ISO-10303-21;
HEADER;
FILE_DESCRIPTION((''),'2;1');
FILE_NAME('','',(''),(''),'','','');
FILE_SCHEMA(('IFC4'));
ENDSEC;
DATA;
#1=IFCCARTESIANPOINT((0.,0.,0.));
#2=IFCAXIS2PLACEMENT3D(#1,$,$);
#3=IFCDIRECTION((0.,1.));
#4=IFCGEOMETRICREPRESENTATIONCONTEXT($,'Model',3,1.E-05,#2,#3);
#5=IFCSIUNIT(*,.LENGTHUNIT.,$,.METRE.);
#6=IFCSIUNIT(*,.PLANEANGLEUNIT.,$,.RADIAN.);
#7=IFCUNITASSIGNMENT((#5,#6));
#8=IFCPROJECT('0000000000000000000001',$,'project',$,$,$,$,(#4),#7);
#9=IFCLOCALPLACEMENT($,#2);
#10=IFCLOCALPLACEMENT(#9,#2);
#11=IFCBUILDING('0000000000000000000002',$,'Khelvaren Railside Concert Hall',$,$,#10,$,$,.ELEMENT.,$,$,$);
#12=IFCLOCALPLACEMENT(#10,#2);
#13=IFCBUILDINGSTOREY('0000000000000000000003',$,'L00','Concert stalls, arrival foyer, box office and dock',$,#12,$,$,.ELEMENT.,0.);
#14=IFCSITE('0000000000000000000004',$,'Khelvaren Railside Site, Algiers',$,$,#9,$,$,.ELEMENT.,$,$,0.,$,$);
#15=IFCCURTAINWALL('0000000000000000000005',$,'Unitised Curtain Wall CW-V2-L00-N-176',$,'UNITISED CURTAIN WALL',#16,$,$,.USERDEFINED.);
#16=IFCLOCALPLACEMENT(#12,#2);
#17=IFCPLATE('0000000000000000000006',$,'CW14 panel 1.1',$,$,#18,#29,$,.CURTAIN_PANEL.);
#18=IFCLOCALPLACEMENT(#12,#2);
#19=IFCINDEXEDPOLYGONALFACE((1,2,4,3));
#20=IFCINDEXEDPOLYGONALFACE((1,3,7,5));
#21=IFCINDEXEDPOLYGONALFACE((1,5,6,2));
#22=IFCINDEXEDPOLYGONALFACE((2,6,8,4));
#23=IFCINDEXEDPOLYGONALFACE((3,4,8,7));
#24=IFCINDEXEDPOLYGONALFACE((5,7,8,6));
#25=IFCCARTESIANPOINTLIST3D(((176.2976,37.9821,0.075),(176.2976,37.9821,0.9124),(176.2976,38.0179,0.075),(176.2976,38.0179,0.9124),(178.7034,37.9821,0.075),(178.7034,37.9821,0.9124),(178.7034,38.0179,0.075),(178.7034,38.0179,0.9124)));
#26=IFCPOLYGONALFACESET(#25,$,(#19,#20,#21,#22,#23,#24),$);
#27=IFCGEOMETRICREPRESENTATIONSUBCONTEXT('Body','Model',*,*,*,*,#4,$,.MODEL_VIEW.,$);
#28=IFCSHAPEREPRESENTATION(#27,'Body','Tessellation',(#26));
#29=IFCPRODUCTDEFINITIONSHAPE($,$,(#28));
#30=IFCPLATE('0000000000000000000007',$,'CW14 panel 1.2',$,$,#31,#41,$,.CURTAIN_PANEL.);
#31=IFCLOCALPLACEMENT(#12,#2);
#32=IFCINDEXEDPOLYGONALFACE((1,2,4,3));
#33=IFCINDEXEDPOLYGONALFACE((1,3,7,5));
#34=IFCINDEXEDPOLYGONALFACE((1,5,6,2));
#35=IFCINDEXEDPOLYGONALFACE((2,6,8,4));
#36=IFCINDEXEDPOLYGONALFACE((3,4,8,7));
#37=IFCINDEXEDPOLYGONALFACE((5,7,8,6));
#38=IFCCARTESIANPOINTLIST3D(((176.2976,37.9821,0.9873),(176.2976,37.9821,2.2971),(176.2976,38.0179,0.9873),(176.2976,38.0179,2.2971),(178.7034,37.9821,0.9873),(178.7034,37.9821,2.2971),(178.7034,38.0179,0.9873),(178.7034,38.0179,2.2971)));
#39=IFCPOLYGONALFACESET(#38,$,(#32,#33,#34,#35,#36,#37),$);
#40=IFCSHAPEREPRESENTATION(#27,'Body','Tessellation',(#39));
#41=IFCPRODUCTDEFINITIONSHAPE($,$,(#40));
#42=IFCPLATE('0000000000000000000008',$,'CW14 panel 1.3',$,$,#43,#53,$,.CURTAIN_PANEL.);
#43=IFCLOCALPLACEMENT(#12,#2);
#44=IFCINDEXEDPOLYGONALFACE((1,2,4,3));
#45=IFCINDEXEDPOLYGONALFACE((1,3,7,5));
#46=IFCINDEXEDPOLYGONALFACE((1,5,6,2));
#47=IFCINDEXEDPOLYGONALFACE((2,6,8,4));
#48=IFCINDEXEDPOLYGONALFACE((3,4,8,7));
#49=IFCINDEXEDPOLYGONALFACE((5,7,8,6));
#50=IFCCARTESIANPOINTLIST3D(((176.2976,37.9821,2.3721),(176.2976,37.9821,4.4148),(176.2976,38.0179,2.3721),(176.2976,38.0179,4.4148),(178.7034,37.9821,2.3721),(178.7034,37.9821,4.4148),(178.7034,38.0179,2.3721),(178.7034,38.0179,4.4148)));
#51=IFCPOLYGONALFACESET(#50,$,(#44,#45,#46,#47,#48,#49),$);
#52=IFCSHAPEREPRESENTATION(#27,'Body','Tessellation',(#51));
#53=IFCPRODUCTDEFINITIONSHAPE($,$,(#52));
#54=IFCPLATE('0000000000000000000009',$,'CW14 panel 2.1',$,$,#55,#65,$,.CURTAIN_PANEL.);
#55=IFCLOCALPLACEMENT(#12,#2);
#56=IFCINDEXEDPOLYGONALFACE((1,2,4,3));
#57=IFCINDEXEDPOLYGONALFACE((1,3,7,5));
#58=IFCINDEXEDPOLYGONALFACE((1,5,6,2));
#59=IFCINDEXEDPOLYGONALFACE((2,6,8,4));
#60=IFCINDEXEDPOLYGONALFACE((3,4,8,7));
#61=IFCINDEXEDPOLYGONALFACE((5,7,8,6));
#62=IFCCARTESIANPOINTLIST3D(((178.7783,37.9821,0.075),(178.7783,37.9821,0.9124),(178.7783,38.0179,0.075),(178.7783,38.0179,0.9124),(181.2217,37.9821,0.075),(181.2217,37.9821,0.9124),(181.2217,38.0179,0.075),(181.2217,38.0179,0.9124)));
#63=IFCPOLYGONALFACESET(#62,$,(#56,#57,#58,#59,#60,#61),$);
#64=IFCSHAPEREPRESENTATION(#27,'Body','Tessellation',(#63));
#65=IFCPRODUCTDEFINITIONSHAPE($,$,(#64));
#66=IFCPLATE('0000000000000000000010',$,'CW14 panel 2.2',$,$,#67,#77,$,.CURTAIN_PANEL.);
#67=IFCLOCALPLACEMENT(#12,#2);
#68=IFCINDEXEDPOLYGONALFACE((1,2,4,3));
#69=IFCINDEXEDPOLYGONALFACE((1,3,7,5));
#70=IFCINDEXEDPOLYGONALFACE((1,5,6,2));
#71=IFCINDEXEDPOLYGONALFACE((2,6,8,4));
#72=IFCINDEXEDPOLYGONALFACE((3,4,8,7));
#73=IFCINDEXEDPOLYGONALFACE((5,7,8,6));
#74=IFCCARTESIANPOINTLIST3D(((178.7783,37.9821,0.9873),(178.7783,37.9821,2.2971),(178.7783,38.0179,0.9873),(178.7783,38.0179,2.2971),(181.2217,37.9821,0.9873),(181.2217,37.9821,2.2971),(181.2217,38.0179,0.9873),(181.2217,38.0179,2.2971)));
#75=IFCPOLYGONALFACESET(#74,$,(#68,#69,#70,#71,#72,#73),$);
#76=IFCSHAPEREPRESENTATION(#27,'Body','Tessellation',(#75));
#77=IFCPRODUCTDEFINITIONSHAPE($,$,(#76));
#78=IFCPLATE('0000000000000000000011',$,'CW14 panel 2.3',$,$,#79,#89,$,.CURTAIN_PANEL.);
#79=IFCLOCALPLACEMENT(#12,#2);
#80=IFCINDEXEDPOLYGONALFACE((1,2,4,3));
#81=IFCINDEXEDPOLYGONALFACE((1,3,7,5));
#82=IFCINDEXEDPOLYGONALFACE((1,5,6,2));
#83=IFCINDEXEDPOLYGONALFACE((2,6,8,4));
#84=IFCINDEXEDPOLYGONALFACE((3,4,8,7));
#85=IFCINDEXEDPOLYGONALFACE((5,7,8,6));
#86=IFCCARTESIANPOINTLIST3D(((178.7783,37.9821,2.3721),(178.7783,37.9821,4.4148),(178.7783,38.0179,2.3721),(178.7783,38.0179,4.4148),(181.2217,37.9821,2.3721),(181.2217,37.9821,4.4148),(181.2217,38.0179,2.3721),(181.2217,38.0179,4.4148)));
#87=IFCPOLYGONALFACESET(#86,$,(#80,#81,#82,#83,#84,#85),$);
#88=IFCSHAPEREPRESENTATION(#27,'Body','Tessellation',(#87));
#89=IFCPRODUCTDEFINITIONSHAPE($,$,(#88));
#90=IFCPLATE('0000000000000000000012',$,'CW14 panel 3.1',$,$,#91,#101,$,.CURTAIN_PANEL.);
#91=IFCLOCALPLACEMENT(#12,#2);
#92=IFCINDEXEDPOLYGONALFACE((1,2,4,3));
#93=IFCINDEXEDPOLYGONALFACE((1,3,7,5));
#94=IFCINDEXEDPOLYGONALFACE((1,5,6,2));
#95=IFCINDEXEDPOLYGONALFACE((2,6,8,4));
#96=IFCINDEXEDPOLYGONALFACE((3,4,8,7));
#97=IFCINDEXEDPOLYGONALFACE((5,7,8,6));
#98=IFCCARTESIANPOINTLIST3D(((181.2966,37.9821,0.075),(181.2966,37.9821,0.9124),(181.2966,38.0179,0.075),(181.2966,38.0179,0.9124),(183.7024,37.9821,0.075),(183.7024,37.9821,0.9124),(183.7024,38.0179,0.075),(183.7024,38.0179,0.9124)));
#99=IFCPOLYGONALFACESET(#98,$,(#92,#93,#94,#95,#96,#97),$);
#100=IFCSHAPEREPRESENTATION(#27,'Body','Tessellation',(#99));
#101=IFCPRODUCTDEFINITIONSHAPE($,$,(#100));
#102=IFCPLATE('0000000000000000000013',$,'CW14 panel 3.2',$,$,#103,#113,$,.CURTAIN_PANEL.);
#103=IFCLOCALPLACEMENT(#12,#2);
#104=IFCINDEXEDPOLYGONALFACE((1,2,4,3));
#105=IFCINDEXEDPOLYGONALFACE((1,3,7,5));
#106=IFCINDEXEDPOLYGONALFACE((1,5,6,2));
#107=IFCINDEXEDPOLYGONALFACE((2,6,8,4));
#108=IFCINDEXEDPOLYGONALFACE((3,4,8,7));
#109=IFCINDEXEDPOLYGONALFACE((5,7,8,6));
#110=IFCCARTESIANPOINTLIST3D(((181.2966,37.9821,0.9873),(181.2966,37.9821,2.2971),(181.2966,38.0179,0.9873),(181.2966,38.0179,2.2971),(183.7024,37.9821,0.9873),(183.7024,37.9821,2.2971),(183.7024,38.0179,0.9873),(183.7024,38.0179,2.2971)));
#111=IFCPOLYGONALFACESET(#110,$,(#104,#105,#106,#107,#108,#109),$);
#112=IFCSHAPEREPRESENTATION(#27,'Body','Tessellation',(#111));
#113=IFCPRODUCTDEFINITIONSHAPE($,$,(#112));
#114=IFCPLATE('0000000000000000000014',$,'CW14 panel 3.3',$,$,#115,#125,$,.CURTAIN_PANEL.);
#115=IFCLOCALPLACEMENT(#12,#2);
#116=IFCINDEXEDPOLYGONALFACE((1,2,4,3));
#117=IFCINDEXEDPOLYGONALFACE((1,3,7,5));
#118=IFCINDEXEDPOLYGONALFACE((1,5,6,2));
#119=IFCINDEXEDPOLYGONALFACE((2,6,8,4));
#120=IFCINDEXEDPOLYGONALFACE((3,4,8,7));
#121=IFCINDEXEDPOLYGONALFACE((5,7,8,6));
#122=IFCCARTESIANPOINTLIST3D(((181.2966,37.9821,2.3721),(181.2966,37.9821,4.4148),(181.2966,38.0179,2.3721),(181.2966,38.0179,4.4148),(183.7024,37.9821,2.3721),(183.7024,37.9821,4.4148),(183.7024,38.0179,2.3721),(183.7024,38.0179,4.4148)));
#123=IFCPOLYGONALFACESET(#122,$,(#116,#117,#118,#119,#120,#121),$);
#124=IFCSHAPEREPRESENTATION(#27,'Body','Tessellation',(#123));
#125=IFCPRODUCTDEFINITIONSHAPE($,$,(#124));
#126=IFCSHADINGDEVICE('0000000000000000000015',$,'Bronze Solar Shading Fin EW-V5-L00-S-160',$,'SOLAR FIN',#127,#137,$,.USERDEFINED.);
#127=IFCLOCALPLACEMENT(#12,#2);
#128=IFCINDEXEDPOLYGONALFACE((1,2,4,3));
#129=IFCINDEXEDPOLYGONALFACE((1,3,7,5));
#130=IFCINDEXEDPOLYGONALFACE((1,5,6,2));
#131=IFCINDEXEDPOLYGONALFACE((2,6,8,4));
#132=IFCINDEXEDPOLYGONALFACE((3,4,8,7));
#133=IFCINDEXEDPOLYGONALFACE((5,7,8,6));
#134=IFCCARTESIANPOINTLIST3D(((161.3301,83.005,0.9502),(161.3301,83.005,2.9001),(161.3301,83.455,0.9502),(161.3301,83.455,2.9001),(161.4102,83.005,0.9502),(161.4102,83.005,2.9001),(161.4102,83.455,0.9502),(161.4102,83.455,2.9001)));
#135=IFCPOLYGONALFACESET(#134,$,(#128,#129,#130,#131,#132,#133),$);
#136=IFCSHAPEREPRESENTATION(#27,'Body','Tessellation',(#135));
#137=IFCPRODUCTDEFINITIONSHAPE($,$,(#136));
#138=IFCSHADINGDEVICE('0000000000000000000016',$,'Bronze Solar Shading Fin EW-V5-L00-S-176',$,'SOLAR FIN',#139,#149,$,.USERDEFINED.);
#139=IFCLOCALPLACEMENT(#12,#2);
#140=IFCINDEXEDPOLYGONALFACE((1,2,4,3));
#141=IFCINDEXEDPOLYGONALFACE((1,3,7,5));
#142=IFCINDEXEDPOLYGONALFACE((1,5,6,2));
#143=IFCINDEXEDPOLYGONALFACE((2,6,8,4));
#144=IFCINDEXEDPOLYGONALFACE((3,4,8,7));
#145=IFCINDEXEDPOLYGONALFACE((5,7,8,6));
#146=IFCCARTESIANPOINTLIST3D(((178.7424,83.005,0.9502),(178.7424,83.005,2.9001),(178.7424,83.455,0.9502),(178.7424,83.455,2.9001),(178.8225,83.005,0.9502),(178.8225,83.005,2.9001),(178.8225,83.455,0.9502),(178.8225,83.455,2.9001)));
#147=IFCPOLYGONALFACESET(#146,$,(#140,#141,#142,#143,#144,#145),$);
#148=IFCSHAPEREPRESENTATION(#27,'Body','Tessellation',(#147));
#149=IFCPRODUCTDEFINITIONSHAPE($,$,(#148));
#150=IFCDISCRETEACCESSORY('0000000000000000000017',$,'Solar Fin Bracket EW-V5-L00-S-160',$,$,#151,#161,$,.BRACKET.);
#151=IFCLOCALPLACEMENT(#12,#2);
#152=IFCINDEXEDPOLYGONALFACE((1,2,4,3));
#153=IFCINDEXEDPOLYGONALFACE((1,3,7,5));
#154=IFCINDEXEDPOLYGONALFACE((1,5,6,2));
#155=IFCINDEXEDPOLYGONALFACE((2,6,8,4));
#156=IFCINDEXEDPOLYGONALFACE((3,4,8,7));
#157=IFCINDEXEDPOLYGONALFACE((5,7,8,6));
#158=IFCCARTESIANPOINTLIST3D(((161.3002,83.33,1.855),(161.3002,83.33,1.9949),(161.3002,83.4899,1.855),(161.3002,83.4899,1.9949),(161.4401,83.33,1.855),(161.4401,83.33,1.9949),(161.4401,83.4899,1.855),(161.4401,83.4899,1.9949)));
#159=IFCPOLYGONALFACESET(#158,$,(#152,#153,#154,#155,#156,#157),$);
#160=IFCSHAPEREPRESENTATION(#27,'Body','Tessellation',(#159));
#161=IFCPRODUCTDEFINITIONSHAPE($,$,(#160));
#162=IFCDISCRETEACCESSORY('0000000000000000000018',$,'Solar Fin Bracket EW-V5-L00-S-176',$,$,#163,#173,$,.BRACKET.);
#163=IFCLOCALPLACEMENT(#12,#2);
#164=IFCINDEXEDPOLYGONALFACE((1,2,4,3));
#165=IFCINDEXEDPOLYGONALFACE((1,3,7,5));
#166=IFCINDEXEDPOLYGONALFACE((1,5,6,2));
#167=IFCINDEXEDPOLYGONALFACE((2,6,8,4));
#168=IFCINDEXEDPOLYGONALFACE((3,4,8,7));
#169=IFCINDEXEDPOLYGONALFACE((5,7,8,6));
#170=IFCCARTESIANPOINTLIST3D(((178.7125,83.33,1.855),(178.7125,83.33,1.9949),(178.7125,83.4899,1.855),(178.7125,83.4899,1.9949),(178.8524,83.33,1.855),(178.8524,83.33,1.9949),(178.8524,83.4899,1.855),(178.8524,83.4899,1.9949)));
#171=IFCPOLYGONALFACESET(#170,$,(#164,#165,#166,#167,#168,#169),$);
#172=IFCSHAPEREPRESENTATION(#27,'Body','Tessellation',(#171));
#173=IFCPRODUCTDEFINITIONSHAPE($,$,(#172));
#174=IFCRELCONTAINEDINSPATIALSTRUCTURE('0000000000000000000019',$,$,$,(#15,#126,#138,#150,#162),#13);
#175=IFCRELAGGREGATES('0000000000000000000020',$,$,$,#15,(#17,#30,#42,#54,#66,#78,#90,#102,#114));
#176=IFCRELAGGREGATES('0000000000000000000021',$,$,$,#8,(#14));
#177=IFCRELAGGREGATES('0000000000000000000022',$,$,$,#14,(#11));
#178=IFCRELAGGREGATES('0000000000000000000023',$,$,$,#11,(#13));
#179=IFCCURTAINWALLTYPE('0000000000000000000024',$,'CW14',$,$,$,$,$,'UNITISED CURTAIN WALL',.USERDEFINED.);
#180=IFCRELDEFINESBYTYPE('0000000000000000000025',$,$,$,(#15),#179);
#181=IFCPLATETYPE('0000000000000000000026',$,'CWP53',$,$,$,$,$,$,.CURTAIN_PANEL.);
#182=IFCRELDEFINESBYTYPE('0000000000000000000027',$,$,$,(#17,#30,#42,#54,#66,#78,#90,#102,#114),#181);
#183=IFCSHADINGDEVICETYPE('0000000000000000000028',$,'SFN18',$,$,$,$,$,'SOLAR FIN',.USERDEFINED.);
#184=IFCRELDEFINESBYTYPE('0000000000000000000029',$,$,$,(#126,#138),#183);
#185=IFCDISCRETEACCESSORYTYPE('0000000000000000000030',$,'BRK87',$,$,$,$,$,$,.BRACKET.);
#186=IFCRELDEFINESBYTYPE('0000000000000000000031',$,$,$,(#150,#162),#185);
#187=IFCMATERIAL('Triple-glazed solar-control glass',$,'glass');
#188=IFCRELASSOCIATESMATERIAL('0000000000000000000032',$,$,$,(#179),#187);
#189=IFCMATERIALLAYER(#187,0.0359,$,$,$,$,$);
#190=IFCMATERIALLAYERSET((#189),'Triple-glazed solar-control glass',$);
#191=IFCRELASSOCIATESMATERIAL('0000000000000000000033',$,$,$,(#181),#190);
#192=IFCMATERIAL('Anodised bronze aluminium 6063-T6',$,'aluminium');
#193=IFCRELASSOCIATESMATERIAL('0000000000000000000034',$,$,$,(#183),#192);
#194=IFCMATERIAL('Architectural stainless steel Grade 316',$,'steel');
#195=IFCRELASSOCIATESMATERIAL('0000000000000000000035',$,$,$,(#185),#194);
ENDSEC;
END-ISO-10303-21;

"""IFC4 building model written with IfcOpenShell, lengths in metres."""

from ifc_helpers import new_model, si_unit, direction, frame, origin, origin_2d, place, context, subcontext, project, spatial, rectangle, extrude, material, layer, layer_set, type_object, element, aggregate, save


model = new_model("IFC4")

# Units and contexts
model_context = context("Model", 3, precision=1e-05, world=origin(), true_north=direction((0.0, 1.0)))
body_context = subcontext(model_context, "Body", "Model", "MODEL_VIEW")
ifc_project = project(units=[si_unit("LENGTHUNIT", "METRE"), si_unit("PLANEANGLEUNIT", "RADIAN")], contexts=[model_context])

# Site, building, storey
site_placement = place(None, origin())
site = spatial("IfcSite", under=ifc_project, at=site_placement, Name="Khelvaren Railside Site, Algiers", CompositionType="ELEMENT", RefElevation=0.0)
building_placement = place(site_placement, origin())
building = spatial("IfcBuilding", under=site, at=building_placement, Name="Khelvaren Railside Concert Hall", CompositionType="ELEMENT")
storey_placement = place(building_placement, origin())
storey = spatial("IfcBuildingStorey", under=building, at=storey_placement, Name="L00", Description="Concert stalls, arrival foyer, box office and dock", CompositionType="ELEMENT", Elevation=0.0)

# Curtain wall
ifc_material_1 = material(Name="Triple-glazed solar-control glass", Category="glass")
curtain_wall_type = type_object("IfcCurtainWallType", Name="CW14", ElementType="UNITISED CURTAIN WALL", PredefinedType="USERDEFINED", material=ifc_material_1)
curtain_wall_placement = place(storey_placement, origin())
curtain_wall = element("IfcCurtainWall", 1, at=curtain_wall_placement, inside=storey, type_object=curtain_wall_type, Name="Unitised Curtain Wall CW-V2-L00-N-176", ObjectType="UNITISED CURTAIN WALL", PredefinedType="USERDEFINED")

# Plates
ifc_layer = layer(ifc_material_1, 0.0359)
ifc_layer_set = layer_set([ifc_layer], Name="Triple-glazed solar-control glass")
plate_type = type_object("IfcPlateType", Name="CWP53", PredefinedType="CURTAIN_PANEL", material=ifc_layer_set)
plate_1_placement = place(storey_placement, frame((177.5005, 38.0, 0.075), z_axis=(0.0, 0.0, 1.0), x_axis=(1.0, 0.0, 0.0)))
plate_1 = element("IfcPlate", 2, at=plate_1_placement, type_object=plate_type, Name="CW14 panel 1.1", PredefinedType="CURTAIN_PANEL", context=body_context, shape_type="SweptSolid", body=[
    extrude(rectangle(XDim=2.4058, YDim=0.0359, at=origin_2d()), origin(), (0.0, 0.0, 1.0), 0.8374),
])
plate_2_placement = place(storey_placement, frame((177.5005, 38.0, 0.9873), z_axis=(0.0, 0.0, 1.0), x_axis=(1.0, 0.0, 0.0)))
plate_2 = element("IfcPlate", 3, at=plate_2_placement, type_object=plate_type, Name="CW14 panel 1.2", PredefinedType="CURTAIN_PANEL", context=body_context, shape_type="SweptSolid", body=[
    extrude(rectangle(XDim=2.4058, YDim=0.0359, at=origin_2d()), origin(), (0.0, 0.0, 1.0), 1.3098),
])
plate_3_placement = place(storey_placement, frame((177.5005, 38.0, 2.3721), z_axis=(0.0, 0.0, 1.0), x_axis=(1.0, 0.0, 0.0)))
plate_3 = element("IfcPlate", 4, at=plate_3_placement, type_object=plate_type, Name="CW14 panel 1.3", PredefinedType="CURTAIN_PANEL", context=body_context, shape_type="SweptSolid", body=[
    extrude(rectangle(XDim=2.4058, YDim=0.0359, at=origin_2d()), origin(), (0.0, 0.0, 1.0), 2.0427),
])
plate_4_placement = place(storey_placement, frame((180.0, 38.0, 0.075), z_axis=(0.0, 0.0, 1.0), x_axis=(1.0, 0.0, 0.0)))
plate_4 = element("IfcPlate", 5, at=plate_4_placement, type_object=plate_type, Name="CW14 panel 2.1", PredefinedType="CURTAIN_PANEL", context=body_context, shape_type="SweptSolid", body=[
    extrude(rectangle(XDim=2.4434, YDim=0.0359, at=origin_2d()), origin(), (0.0, 0.0, 1.0), 0.8374),
])
plate_5_placement = place(storey_placement, frame((180.0, 38.0, 0.9873), z_axis=(0.0, 0.0, 1.0), x_axis=(1.0, 0.0, 0.0)))
plate_5 = element("IfcPlate", 6, at=plate_5_placement, type_object=plate_type, Name="CW14 panel 2.2", PredefinedType="CURTAIN_PANEL", context=body_context, shape_type="SweptSolid", body=[
    extrude(rectangle(XDim=2.4434, YDim=0.0359, at=origin_2d()), origin(), (0.0, 0.0, 1.0), 1.3098),
])
plate_6_placement = place(storey_placement, frame((180.0, 38.0, 2.3721), z_axis=(0.0, 0.0, 1.0), x_axis=(1.0, 0.0, 0.0)))
plate_6 = element("IfcPlate", 7, at=plate_6_placement, type_object=plate_type, Name="CW14 panel 2.3", PredefinedType="CURTAIN_PANEL", context=body_context, shape_type="SweptSolid", body=[
    extrude(rectangle(XDim=2.4434, YDim=0.0359, at=origin_2d()), origin(), (0.0, 0.0, 1.0), 2.0427),
])
plate_7_placement = place(storey_placement, frame((182.4995, 38.0, 0.075), z_axis=(0.0, 0.0, 1.0), x_axis=(1.0, 0.0, 0.0)))
plate_7 = element("IfcPlate", 8, at=plate_7_placement, type_object=plate_type, Name="CW14 panel 3.1", PredefinedType="CURTAIN_PANEL", context=body_context, shape_type="SweptSolid", body=[
    extrude(rectangle(XDim=2.4058, YDim=0.0359, at=origin_2d()), origin(), (0.0, 0.0, 1.0), 0.8374),
])
plate_8_placement = place(storey_placement, frame((182.4995, 38.0, 0.9873), z_axis=(0.0, 0.0, 1.0), x_axis=(1.0, 0.0, 0.0)))
plate_8 = element("IfcPlate", 9, at=plate_8_placement, type_object=plate_type, Name="CW14 panel 3.2", PredefinedType="CURTAIN_PANEL", context=body_context, shape_type="SweptSolid", body=[
    extrude(rectangle(XDim=2.4058, YDim=0.0359, at=origin_2d()), origin(), (0.0, 0.0, 1.0), 1.3098),
])
plate_9_placement = place(storey_placement, frame((182.4995, 38.0, 2.3721), z_axis=(0.0, 0.0, 1.0), x_axis=(1.0, 0.0, 0.0)))
plate_9 = element("IfcPlate", 10, at=plate_9_placement, type_object=plate_type, Name="CW14 panel 3.3", PredefinedType="CURTAIN_PANEL", context=body_context, shape_type="SweptSolid", body=[
    extrude(rectangle(XDim=2.4058, YDim=0.0359, at=origin_2d()), origin(), (0.0, 0.0, 1.0), 2.0427),
])
aggregate(curtain_wall, [plate_1, plate_2, plate_3, plate_4, plate_5, plate_6, plate_7, plate_8, plate_9])

# Shading devices
ifc_material_2 = material(Name="Anodised bronze aluminium 6063-T6", Category="aluminium")
shading_device_type = type_object("IfcShadingDeviceType", Name="SFN18", ElementType="SOLAR FIN", PredefinedType="USERDEFINED", material=ifc_material_2)
for number, where, z_axis, x_axis, name in (
    (11, (161.3701, 83.23, 0.9502), (0.0, 0.0, 1.0), (-1.0, 0.0, 0.0), "Bronze Solar Shading Fin EW-V5-L00-S-160"),
    (12, (178.7825, 83.23, 0.9502), (0.0, 0.0, 1.0), (-1.0, 0.0, 0.0), "Bronze Solar Shading Fin EW-V5-L00-S-176"),
):
    element("IfcShadingDevice", number, at=place(storey_placement, frame(where, z_axis=z_axis, x_axis=x_axis)), inside=storey, type_object=shading_device_type, Name=name, ObjectType="SOLAR FIN", PredefinedType="USERDEFINED", context=body_context, shape_type="SweptSolid", body=[
        extrude(rectangle(XDim=0.0801, YDim=0.45, at=origin_2d()), origin(), (0.0, 0.0, 1.0), 1.95),
    ])

# Discrete accessories
ifc_material_3 = material(Name="Architectural stainless steel Grade 316", Category="steel")
discrete_accessory_type = type_object("IfcDiscreteAccessoryType", Name="BRK87", PredefinedType="BRACKET", material=ifc_material_3)
for number, where, z_axis, x_axis, name in (
    (13, (161.3701, 83.4099, 1.855), (0.0, 0.0, 1.0), (-1.0, 0.0, 0.0), "Solar Fin Bracket EW-V5-L00-S-160"),
    (14, (178.7825, 83.4099, 1.855), (0.0, 0.0, 1.0), (-1.0, 0.0, 0.0), "Solar Fin Bracket EW-V5-L00-S-176"),
):
    element("IfcDiscreteAccessory", number, at=place(storey_placement, frame(where, z_axis=z_axis, x_axis=x_axis)), inside=storey, type_object=discrete_accessory_type, Name=name, PredefinedType="BRACKET", context=body_context, shape_type="SweptSolid", body=[
        extrude(rectangle(XDim=0.1399, YDim=0.1599, at=origin_2d()), origin(), (0.0, 0.0, 1.0), 0.1399),
    ])

save(model, "model.ifc")
